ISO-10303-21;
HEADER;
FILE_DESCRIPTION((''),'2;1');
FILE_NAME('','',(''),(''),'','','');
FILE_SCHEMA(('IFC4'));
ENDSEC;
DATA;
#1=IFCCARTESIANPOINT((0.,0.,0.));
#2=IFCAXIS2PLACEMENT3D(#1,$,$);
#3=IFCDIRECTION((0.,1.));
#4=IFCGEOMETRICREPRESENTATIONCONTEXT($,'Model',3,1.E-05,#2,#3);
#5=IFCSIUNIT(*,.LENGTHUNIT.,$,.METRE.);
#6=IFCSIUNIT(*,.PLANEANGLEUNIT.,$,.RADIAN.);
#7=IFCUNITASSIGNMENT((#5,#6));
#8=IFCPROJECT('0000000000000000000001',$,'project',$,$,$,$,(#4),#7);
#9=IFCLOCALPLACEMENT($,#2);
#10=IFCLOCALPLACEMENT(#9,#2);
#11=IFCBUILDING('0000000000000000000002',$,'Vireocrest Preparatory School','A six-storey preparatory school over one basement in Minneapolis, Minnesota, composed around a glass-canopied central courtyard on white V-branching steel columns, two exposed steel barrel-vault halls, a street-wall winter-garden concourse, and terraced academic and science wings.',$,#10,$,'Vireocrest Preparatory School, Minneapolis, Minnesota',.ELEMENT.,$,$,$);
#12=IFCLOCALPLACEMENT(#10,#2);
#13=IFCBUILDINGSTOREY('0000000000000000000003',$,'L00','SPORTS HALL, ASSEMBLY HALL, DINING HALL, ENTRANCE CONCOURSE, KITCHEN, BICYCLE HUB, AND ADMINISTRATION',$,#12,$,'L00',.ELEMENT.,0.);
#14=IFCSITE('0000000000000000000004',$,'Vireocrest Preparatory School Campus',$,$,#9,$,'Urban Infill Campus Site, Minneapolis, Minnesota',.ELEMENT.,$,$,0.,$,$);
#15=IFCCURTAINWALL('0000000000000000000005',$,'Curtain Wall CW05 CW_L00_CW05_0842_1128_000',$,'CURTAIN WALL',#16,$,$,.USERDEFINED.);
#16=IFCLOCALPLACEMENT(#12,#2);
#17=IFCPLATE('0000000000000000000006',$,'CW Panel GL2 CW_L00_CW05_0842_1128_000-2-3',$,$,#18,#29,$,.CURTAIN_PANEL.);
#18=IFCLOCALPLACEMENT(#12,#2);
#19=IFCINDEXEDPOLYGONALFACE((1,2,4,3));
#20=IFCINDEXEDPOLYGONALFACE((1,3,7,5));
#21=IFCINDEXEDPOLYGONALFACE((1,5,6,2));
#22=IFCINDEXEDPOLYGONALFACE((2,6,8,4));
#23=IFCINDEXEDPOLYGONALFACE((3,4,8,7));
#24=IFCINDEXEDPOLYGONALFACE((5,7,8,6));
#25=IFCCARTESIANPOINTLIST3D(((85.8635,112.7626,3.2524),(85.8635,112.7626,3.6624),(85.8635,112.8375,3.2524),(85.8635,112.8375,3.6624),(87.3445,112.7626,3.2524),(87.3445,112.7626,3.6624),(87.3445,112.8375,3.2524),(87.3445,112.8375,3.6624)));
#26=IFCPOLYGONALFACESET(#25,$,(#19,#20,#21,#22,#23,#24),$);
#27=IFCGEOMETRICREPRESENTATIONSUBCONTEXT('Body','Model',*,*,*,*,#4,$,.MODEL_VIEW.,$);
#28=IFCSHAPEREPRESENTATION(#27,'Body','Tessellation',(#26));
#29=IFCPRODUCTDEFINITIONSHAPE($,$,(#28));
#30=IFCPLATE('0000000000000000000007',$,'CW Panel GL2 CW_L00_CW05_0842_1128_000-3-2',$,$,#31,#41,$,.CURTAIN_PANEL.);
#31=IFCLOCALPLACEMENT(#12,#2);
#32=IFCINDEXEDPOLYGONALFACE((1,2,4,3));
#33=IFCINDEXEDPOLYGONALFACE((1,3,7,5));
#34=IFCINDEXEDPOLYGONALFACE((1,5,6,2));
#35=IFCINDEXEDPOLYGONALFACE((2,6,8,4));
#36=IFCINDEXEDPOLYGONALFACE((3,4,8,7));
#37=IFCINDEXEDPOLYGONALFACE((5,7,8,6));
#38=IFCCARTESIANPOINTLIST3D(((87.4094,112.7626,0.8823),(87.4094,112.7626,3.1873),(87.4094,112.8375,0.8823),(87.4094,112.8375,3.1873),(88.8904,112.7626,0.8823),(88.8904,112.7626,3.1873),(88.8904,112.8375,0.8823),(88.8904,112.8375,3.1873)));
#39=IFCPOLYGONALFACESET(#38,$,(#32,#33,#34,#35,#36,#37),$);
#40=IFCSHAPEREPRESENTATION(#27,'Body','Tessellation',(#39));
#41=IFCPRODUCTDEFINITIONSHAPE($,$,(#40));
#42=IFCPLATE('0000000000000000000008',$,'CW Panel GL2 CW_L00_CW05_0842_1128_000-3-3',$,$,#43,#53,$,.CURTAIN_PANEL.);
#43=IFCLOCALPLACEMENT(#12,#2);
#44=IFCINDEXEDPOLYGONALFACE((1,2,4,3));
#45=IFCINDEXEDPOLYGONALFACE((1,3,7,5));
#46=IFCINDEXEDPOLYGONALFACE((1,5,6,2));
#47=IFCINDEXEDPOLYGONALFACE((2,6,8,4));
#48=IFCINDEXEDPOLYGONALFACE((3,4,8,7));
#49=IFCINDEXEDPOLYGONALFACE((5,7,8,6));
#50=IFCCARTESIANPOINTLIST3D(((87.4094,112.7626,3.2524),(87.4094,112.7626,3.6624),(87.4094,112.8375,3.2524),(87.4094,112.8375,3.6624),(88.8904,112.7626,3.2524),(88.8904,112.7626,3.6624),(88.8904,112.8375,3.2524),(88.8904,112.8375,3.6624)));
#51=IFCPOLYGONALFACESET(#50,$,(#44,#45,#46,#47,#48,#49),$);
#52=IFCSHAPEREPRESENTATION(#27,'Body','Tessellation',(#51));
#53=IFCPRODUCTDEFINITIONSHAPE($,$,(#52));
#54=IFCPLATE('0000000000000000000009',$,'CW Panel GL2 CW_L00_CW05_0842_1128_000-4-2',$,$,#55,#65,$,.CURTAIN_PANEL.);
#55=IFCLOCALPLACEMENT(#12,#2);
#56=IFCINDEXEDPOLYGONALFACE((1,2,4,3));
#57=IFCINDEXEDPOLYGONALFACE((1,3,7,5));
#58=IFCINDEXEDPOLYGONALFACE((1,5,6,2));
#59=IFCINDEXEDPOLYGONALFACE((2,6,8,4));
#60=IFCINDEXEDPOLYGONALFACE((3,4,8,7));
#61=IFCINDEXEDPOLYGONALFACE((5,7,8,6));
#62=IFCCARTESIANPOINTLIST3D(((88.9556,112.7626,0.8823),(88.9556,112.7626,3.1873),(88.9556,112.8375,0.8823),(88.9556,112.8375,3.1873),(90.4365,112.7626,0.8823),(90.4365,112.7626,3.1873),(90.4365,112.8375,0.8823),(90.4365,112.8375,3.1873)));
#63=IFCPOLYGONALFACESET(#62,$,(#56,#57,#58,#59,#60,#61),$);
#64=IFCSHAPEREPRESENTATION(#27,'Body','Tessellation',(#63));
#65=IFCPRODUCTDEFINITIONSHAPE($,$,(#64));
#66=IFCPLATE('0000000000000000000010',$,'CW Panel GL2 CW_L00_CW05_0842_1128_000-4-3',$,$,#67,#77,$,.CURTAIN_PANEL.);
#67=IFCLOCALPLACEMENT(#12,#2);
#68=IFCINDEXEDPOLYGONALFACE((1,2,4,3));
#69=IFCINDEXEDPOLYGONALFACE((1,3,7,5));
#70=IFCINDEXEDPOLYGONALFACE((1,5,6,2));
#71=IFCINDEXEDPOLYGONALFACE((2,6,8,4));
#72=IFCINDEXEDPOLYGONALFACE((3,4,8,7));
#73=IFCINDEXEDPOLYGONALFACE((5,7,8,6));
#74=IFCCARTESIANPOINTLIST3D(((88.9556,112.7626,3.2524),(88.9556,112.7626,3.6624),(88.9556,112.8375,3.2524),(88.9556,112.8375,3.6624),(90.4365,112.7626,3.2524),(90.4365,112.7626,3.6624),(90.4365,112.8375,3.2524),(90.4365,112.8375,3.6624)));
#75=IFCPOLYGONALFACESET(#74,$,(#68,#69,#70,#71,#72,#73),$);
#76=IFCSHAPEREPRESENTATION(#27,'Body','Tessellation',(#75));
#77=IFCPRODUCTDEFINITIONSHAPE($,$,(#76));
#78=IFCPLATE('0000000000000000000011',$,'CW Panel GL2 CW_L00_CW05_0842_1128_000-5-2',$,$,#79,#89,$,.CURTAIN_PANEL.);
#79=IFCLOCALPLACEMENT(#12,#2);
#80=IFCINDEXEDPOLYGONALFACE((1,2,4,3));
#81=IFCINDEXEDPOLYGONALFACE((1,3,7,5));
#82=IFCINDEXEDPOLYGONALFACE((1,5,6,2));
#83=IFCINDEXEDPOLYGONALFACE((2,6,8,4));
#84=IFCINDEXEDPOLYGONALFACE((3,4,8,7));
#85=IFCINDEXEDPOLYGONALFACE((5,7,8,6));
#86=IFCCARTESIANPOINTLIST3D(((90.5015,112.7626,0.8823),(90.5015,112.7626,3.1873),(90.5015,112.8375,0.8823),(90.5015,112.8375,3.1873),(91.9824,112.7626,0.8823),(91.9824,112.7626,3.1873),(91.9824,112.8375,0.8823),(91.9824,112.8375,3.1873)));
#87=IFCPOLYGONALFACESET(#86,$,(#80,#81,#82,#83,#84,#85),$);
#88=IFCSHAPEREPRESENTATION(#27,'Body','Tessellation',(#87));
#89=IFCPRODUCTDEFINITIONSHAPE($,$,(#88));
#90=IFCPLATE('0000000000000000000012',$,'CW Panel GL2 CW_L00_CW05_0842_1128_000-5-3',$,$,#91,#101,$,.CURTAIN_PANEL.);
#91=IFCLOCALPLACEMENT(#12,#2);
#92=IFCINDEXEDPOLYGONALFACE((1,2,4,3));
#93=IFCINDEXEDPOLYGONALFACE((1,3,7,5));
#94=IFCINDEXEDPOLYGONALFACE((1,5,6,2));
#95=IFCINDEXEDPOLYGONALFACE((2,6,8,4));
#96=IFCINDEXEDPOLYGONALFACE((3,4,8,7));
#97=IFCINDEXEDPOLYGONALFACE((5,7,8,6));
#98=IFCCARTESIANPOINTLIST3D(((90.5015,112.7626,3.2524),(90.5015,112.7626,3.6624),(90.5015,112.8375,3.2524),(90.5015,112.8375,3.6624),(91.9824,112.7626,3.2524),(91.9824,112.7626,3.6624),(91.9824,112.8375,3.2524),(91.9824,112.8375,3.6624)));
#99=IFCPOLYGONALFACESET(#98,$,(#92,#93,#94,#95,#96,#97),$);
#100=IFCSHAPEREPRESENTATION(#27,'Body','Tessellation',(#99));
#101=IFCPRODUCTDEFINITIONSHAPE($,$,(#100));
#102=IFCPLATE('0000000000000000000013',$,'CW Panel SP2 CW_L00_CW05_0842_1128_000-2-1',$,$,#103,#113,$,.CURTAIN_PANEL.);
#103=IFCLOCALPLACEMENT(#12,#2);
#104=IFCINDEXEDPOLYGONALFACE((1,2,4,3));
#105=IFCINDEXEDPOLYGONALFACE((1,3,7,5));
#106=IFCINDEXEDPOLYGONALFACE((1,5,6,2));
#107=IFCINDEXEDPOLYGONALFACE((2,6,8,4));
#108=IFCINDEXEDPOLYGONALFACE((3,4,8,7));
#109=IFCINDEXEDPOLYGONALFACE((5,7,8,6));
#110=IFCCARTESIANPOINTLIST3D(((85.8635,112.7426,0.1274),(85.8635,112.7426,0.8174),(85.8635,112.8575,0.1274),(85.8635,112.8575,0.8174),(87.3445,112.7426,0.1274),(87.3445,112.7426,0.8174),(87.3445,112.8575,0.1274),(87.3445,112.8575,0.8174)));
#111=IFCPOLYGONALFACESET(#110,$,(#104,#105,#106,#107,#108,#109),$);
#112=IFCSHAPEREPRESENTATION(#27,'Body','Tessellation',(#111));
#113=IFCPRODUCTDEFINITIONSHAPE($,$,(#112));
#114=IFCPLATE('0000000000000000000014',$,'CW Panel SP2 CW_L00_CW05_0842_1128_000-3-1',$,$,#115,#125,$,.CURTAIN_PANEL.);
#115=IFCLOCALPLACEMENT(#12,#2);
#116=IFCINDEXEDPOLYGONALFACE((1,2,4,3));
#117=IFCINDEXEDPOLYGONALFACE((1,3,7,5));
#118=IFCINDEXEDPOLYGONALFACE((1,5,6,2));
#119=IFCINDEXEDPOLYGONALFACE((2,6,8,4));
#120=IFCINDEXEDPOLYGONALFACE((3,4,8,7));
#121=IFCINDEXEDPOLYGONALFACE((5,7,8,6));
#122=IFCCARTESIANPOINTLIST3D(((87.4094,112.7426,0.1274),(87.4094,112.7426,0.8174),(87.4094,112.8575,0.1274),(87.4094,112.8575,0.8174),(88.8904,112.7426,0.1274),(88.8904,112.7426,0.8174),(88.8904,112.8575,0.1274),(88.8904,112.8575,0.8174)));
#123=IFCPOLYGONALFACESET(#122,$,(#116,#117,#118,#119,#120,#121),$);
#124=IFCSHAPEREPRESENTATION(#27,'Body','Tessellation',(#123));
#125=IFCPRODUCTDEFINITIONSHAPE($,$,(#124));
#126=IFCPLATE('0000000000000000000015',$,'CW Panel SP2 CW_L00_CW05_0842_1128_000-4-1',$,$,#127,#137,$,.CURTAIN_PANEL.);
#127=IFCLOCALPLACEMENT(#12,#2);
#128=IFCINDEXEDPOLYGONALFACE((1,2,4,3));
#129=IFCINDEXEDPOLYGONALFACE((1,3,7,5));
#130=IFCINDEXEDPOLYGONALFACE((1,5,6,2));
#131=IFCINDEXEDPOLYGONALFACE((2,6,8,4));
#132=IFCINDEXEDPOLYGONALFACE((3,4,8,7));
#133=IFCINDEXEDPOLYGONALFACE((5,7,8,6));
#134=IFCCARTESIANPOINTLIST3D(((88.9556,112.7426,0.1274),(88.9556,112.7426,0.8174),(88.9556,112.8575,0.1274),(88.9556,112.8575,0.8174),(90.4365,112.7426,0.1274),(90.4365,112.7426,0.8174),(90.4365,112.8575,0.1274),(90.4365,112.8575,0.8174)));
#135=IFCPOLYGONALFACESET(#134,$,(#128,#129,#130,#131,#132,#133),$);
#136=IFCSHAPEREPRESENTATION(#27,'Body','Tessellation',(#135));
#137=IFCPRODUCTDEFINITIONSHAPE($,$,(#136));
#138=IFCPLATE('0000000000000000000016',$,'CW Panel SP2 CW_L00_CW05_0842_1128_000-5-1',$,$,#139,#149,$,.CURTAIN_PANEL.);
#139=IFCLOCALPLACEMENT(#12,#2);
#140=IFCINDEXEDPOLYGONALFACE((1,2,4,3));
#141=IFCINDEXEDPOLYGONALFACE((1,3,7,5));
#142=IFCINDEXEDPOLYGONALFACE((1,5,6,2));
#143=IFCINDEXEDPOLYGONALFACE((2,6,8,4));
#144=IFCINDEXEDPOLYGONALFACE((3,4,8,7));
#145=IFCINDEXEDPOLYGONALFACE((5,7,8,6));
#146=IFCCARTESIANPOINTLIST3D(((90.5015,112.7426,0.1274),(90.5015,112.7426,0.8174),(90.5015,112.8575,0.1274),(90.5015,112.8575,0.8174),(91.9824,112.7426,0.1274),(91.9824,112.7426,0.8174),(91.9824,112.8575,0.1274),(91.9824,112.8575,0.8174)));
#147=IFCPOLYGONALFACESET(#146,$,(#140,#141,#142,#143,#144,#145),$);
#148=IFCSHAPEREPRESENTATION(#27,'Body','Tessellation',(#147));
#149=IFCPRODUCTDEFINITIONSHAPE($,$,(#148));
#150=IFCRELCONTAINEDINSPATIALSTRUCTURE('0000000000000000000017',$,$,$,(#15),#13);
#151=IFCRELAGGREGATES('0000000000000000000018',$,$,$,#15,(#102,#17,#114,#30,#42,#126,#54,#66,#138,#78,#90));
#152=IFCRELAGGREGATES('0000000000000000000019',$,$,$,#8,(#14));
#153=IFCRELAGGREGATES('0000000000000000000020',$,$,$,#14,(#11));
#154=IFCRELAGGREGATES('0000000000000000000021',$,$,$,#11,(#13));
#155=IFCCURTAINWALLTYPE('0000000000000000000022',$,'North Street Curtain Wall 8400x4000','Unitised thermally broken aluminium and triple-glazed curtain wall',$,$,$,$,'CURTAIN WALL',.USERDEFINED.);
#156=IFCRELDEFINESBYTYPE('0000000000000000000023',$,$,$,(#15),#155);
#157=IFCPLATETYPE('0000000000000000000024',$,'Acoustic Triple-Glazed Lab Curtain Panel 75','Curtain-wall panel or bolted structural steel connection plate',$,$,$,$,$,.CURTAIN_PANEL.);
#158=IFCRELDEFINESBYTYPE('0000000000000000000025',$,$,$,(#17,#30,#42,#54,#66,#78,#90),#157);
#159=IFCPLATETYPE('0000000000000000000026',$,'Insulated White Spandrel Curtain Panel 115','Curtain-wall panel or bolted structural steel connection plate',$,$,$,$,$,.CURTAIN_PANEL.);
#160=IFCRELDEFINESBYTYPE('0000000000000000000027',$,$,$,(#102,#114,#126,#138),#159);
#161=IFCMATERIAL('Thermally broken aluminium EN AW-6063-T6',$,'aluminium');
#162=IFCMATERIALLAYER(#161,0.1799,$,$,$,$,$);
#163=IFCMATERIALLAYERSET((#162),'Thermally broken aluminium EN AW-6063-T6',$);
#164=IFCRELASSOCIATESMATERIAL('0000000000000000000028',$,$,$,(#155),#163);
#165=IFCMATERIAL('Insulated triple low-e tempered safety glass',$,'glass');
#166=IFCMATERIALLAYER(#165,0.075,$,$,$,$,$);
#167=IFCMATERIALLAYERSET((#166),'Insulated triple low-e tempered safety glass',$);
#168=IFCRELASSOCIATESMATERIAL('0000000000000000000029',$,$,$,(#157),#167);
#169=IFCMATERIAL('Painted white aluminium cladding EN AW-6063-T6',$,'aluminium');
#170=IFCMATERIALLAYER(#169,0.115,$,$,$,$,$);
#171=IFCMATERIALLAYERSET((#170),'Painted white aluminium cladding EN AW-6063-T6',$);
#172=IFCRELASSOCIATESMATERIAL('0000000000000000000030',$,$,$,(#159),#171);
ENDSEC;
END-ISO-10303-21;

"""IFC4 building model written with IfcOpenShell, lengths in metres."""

from ifc_helpers import new_model, si_unit, direction, frame, origin, origin_2d, place, context, subcontext, project, spatial, rectangle, extrude, material, layer, layer_set, type_object, element, aggregate, save


model = new_model("IFC4")

# Units and contexts
model_context = context("Model", 3, precision=1e-05, world=origin(), true_north=direction((0.0, 1.0)))
body_context = subcontext(model_context, "Body", "Model", "MODEL_VIEW")
ifc_project = project(units=[si_unit("LENGTHUNIT", "METRE"), si_unit("PLANEANGLEUNIT", "RADIAN")], contexts=[model_context])

# Site, building, storey
site_placement = place(None, origin())
site = spatial("IfcSite", under=ifc_project, at=site_placement, Name="Vireocrest Preparatory School Campus", LongName="Urban Infill Campus Site, Minneapolis, Minnesota", CompositionType="ELEMENT", RefElevation=0.0)
building_placement = place(site_placement, origin())
building = spatial("IfcBuilding", under=site, at=building_placement, Name="Vireocrest Preparatory School", Description="A six-storey preparatory school over one basement in Minneapolis, Minnesota, composed around a glass-canopied central courtyard on white V-branching steel columns, two exposed steel barrel-vault halls, a street-wall winter-garden concourse, and terraced academic and science wings.", LongName="Vireocrest Preparatory School, Minneapolis, Minnesota", CompositionType="ELEMENT")
storey_placement = place(building_placement, origin())
storey = spatial("IfcBuildingStorey", under=building, at=storey_placement, Name="L00", Description="SPORTS HALL, ASSEMBLY HALL, DINING HALL, ENTRANCE CONCOURSE, KITCHEN, BICYCLE HUB, AND ADMINISTRATION", LongName="L00", CompositionType="ELEMENT", Elevation=0.0)

# Curtain wall
ifc_material_1 = material(Name="Thermally broken aluminium EN AW-6063-T6", Category="aluminium")
ifc_layer_1 = layer(ifc_material_1, 0.1799)
ifc_layer_set_1 = layer_set([ifc_layer_1], Name="Thermally broken aluminium EN AW-6063-T6")
curtain_wall_type = type_object("IfcCurtainWallType", Name="North Street Curtain Wall 8400x4000", Description="Unitised thermally broken aluminium and triple-glazed curtain wall", ElementType="CURTAIN WALL", PredefinedType="USERDEFINED", material=ifc_layer_set_1)
curtain_wall_1_placement = place(storey_placement, origin())
curtain_wall_1 = element("IfcCurtainWall", 1, at=curtain_wall_1_placement, inside=storey, type_object=curtain_wall_type, Name="Curtain Wall CW05 CW_L00_CW05_0842_1128_000", ObjectType="CURTAIN WALL", PredefinedType="USERDEFINED")

# Plates
ifc_material_2 = material(Name="Insulated triple low-e tempered safety glass", Category="glass")
ifc_layer_2 = layer(ifc_material_2, 0.075)
ifc_layer_set_2 = layer_set([ifc_layer_2], Name="Insulated triple low-e tempered safety glass")
plate_type_1 = type_object("IfcPlateType", Name="Acoustic Triple-Glazed Lab Curtain Panel 75", Description="Curtain-wall panel or bolted structural steel connection plate", PredefinedType="CURTAIN_PANEL", material=ifc_layer_set_2)
plate_1_placement = place(storey_placement, frame((86.604, 112.8, 3.2524), z_axis=(0.0, 0.0, 1.0), x_axis=(1.0, 0.0, 0.0)))
plate_1 = element("IfcPlate", 2, at=plate_1_placement, type_object=plate_type_1, Name="CW Panel GL2 CW_L00_CW05_0842_1128_000-2-3", PredefinedType="CURTAIN_PANEL", context=body_context, shape_type="SweptSolid", body=[
    extrude(rectangle(XDim=1.481, YDim=0.075, at=origin_2d()), origin(), (0.0, 0.0, 1.0), 0.4099),
])
plate_2_placement = place(storey_placement, frame((88.1499, 112.8, 0.8823), z_axis=(0.0, 0.0, 1.0), x_axis=(1.0, 0.0, 0.0)))
plate_2 = element("IfcPlate", 3, at=plate_2_placement, type_object=plate_type_1, Name="CW Panel GL2 CW_L00_CW05_0842_1128_000-3-2", PredefinedType="CURTAIN_PANEL", context=body_context, shape_type="SweptSolid", body=[
    extrude(rectangle(XDim=1.481, YDim=0.075, at=origin_2d()), origin(), (0.0, 0.0, 1.0), 2.3049),
])
plate_3_placement = place(storey_placement, frame((88.1499, 112.8, 3.2524), z_axis=(0.0, 0.0, 1.0), x_axis=(1.0, 0.0, 0.0)))
plate_3 = element("IfcPlate", 4, at=plate_3_placement, type_object=plate_type_1, Name="CW Panel GL2 CW_L00_CW05_0842_1128_000-3-3", PredefinedType="CURTAIN_PANEL", context=body_context, shape_type="SweptSolid", body=[
    extrude(rectangle(XDim=1.481, YDim=0.075, at=origin_2d()), origin(), (0.0, 0.0, 1.0), 0.4099),
])
plate_4_placement = place(storey_placement, frame((89.696, 112.8, 0.8823), z_axis=(0.0, 0.0, 1.0), x_axis=(1.0, 0.0, 0.0)))
plate_4 = element("IfcPlate", 5, at=plate_4_placement, type_object=plate_type_1, Name="CW Panel GL2 CW_L00_CW05_0842_1128_000-4-2", PredefinedType="CURTAIN_PANEL", context=body_context, shape_type="SweptSolid", body=[
    extrude(rectangle(XDim=1.481, YDim=0.075, at=origin_2d()), origin(), (0.0, 0.0, 1.0), 2.3049),
])
plate_5_placement = place(storey_placement, frame((89.696, 112.8, 3.2524), z_axis=(0.0, 0.0, 1.0), x_axis=(1.0, 0.0, 0.0)))
plate_5 = element("IfcPlate", 6, at=plate_5_placement, type_object=plate_type_1, Name="CW Panel GL2 CW_L00_CW05_0842_1128_000-4-3", PredefinedType="CURTAIN_PANEL", context=body_context, shape_type="SweptSolid", body=[
    extrude(rectangle(XDim=1.481, YDim=0.075, at=origin_2d()), origin(), (0.0, 0.0, 1.0), 0.4099),
])
plate_6_placement = place(storey_placement, frame((91.2419, 112.8, 0.8823), z_axis=(0.0, 0.0, 1.0), x_axis=(1.0, 0.0, 0.0)))
plate_6 = element("IfcPlate", 7, at=plate_6_placement, type_object=plate_type_1, Name="CW Panel GL2 CW_L00_CW05_0842_1128_000-5-2", PredefinedType="CURTAIN_PANEL", context=body_context, shape_type="SweptSolid", body=[
    extrude(rectangle(XDim=1.481, YDim=0.075, at=origin_2d()), origin(), (0.0, 0.0, 1.0), 2.3049),
])
plate_7_placement = place(storey_placement, frame((91.2419, 112.8, 3.2524), z_axis=(0.0, 0.0, 1.0), x_axis=(1.0, 0.0, 0.0)))
plate_7 = element("IfcPlate", 8, at=plate_7_placement, type_object=plate_type_1, Name="CW Panel GL2 CW_L00_CW05_0842_1128_000-5-3", PredefinedType="CURTAIN_PANEL", context=body_context, shape_type="SweptSolid", body=[
    extrude(rectangle(XDim=1.481, YDim=0.075, at=origin_2d()), origin(), (0.0, 0.0, 1.0), 0.4099),
])
ifc_material_3 = material(Name="Painted white aluminium cladding EN AW-6063-T6", Category="aluminium")
ifc_layer_3 = layer(ifc_material_3, 0.115)
ifc_layer_set_3 = layer_set([ifc_layer_3], Name="Painted white aluminium cladding EN AW-6063-T6")
plate_type_2 = type_object("IfcPlateType", Name="Insulated White Spandrel Curtain Panel 115", Description="Curtain-wall panel or bolted structural steel connection plate", PredefinedType="CURTAIN_PANEL", material=ifc_layer_set_3)
plate_8_placement = place(storey_placement, frame((86.604, 112.8, 0.1274), z_axis=(0.0, 0.0, 1.0), x_axis=(1.0, 0.0, 0.0)))
plate_8 = element("IfcPlate", 9, at=plate_8_placement, type_object=plate_type_2, Name="CW Panel SP2 CW_L00_CW05_0842_1128_000-2-1", PredefinedType="CURTAIN_PANEL", context=body_context, shape_type="SweptSolid", body=[
    extrude(rectangle(XDim=1.481, YDim=0.115, at=origin_2d()), origin(), (0.0, 0.0, 1.0), 0.6899),
])
plate_9_placement = place(storey_placement, frame((88.1499, 112.8, 0.1274), z_axis=(0.0, 0.0, 1.0), x_axis=(1.0, 0.0, 0.0)))
plate_9 = element("IfcPlate", 10, at=plate_9_placement, type_object=plate_type_2, Name="CW Panel SP2 CW_L00_CW05_0842_1128_000-3-1", PredefinedType="CURTAIN_PANEL", context=body_context, shape_type="SweptSolid", body=[
    extrude(rectangle(XDim=1.481, YDim=0.115, at=origin_2d()), origin(), (0.0, 0.0, 1.0), 0.6899),
])
plate_10_placement = place(storey_placement, frame((89.696, 112.8, 0.1274), z_axis=(0.0, 0.0, 1.0), x_axis=(1.0, 0.0, 0.0)))
plate_10 = element("IfcPlate", 11, at=plate_10_placement, type_object=plate_type_2, Name="CW Panel SP2 CW_L00_CW05_0842_1128_000-4-1", PredefinedType="CURTAIN_PANEL", context=body_context, shape_type="SweptSolid", body=[
    extrude(rectangle(XDim=1.481, YDim=0.115, at=origin_2d()), origin(), (0.0, 0.0, 1.0), 0.6899),
])
plate_11_placement = place(storey_placement, frame((91.2419, 112.8, 0.1274), z_axis=(0.0, 0.0, 1.0), x_axis=(1.0, 0.0, 0.0)))
plate_11 = element("IfcPlate", 12, at=plate_11_placement, type_object=plate_type_2, Name="CW Panel SP2 CW_L00_CW05_0842_1128_000-5-1", PredefinedType="CURTAIN_PANEL", context=body_context, shape_type="SweptSolid", body=[
    extrude(rectangle(XDim=1.481, YDim=0.115, at=origin_2d()), origin(), (0.0, 0.0, 1.0), 0.6899),
])
aggregate(curtain_wall_1, [plate_8, plate_1, plate_9, plate_2, plate_3, plate_10, plate_4, plate_5, plate_11, plate_6, plate_7])

save(model, "model.ifc")
